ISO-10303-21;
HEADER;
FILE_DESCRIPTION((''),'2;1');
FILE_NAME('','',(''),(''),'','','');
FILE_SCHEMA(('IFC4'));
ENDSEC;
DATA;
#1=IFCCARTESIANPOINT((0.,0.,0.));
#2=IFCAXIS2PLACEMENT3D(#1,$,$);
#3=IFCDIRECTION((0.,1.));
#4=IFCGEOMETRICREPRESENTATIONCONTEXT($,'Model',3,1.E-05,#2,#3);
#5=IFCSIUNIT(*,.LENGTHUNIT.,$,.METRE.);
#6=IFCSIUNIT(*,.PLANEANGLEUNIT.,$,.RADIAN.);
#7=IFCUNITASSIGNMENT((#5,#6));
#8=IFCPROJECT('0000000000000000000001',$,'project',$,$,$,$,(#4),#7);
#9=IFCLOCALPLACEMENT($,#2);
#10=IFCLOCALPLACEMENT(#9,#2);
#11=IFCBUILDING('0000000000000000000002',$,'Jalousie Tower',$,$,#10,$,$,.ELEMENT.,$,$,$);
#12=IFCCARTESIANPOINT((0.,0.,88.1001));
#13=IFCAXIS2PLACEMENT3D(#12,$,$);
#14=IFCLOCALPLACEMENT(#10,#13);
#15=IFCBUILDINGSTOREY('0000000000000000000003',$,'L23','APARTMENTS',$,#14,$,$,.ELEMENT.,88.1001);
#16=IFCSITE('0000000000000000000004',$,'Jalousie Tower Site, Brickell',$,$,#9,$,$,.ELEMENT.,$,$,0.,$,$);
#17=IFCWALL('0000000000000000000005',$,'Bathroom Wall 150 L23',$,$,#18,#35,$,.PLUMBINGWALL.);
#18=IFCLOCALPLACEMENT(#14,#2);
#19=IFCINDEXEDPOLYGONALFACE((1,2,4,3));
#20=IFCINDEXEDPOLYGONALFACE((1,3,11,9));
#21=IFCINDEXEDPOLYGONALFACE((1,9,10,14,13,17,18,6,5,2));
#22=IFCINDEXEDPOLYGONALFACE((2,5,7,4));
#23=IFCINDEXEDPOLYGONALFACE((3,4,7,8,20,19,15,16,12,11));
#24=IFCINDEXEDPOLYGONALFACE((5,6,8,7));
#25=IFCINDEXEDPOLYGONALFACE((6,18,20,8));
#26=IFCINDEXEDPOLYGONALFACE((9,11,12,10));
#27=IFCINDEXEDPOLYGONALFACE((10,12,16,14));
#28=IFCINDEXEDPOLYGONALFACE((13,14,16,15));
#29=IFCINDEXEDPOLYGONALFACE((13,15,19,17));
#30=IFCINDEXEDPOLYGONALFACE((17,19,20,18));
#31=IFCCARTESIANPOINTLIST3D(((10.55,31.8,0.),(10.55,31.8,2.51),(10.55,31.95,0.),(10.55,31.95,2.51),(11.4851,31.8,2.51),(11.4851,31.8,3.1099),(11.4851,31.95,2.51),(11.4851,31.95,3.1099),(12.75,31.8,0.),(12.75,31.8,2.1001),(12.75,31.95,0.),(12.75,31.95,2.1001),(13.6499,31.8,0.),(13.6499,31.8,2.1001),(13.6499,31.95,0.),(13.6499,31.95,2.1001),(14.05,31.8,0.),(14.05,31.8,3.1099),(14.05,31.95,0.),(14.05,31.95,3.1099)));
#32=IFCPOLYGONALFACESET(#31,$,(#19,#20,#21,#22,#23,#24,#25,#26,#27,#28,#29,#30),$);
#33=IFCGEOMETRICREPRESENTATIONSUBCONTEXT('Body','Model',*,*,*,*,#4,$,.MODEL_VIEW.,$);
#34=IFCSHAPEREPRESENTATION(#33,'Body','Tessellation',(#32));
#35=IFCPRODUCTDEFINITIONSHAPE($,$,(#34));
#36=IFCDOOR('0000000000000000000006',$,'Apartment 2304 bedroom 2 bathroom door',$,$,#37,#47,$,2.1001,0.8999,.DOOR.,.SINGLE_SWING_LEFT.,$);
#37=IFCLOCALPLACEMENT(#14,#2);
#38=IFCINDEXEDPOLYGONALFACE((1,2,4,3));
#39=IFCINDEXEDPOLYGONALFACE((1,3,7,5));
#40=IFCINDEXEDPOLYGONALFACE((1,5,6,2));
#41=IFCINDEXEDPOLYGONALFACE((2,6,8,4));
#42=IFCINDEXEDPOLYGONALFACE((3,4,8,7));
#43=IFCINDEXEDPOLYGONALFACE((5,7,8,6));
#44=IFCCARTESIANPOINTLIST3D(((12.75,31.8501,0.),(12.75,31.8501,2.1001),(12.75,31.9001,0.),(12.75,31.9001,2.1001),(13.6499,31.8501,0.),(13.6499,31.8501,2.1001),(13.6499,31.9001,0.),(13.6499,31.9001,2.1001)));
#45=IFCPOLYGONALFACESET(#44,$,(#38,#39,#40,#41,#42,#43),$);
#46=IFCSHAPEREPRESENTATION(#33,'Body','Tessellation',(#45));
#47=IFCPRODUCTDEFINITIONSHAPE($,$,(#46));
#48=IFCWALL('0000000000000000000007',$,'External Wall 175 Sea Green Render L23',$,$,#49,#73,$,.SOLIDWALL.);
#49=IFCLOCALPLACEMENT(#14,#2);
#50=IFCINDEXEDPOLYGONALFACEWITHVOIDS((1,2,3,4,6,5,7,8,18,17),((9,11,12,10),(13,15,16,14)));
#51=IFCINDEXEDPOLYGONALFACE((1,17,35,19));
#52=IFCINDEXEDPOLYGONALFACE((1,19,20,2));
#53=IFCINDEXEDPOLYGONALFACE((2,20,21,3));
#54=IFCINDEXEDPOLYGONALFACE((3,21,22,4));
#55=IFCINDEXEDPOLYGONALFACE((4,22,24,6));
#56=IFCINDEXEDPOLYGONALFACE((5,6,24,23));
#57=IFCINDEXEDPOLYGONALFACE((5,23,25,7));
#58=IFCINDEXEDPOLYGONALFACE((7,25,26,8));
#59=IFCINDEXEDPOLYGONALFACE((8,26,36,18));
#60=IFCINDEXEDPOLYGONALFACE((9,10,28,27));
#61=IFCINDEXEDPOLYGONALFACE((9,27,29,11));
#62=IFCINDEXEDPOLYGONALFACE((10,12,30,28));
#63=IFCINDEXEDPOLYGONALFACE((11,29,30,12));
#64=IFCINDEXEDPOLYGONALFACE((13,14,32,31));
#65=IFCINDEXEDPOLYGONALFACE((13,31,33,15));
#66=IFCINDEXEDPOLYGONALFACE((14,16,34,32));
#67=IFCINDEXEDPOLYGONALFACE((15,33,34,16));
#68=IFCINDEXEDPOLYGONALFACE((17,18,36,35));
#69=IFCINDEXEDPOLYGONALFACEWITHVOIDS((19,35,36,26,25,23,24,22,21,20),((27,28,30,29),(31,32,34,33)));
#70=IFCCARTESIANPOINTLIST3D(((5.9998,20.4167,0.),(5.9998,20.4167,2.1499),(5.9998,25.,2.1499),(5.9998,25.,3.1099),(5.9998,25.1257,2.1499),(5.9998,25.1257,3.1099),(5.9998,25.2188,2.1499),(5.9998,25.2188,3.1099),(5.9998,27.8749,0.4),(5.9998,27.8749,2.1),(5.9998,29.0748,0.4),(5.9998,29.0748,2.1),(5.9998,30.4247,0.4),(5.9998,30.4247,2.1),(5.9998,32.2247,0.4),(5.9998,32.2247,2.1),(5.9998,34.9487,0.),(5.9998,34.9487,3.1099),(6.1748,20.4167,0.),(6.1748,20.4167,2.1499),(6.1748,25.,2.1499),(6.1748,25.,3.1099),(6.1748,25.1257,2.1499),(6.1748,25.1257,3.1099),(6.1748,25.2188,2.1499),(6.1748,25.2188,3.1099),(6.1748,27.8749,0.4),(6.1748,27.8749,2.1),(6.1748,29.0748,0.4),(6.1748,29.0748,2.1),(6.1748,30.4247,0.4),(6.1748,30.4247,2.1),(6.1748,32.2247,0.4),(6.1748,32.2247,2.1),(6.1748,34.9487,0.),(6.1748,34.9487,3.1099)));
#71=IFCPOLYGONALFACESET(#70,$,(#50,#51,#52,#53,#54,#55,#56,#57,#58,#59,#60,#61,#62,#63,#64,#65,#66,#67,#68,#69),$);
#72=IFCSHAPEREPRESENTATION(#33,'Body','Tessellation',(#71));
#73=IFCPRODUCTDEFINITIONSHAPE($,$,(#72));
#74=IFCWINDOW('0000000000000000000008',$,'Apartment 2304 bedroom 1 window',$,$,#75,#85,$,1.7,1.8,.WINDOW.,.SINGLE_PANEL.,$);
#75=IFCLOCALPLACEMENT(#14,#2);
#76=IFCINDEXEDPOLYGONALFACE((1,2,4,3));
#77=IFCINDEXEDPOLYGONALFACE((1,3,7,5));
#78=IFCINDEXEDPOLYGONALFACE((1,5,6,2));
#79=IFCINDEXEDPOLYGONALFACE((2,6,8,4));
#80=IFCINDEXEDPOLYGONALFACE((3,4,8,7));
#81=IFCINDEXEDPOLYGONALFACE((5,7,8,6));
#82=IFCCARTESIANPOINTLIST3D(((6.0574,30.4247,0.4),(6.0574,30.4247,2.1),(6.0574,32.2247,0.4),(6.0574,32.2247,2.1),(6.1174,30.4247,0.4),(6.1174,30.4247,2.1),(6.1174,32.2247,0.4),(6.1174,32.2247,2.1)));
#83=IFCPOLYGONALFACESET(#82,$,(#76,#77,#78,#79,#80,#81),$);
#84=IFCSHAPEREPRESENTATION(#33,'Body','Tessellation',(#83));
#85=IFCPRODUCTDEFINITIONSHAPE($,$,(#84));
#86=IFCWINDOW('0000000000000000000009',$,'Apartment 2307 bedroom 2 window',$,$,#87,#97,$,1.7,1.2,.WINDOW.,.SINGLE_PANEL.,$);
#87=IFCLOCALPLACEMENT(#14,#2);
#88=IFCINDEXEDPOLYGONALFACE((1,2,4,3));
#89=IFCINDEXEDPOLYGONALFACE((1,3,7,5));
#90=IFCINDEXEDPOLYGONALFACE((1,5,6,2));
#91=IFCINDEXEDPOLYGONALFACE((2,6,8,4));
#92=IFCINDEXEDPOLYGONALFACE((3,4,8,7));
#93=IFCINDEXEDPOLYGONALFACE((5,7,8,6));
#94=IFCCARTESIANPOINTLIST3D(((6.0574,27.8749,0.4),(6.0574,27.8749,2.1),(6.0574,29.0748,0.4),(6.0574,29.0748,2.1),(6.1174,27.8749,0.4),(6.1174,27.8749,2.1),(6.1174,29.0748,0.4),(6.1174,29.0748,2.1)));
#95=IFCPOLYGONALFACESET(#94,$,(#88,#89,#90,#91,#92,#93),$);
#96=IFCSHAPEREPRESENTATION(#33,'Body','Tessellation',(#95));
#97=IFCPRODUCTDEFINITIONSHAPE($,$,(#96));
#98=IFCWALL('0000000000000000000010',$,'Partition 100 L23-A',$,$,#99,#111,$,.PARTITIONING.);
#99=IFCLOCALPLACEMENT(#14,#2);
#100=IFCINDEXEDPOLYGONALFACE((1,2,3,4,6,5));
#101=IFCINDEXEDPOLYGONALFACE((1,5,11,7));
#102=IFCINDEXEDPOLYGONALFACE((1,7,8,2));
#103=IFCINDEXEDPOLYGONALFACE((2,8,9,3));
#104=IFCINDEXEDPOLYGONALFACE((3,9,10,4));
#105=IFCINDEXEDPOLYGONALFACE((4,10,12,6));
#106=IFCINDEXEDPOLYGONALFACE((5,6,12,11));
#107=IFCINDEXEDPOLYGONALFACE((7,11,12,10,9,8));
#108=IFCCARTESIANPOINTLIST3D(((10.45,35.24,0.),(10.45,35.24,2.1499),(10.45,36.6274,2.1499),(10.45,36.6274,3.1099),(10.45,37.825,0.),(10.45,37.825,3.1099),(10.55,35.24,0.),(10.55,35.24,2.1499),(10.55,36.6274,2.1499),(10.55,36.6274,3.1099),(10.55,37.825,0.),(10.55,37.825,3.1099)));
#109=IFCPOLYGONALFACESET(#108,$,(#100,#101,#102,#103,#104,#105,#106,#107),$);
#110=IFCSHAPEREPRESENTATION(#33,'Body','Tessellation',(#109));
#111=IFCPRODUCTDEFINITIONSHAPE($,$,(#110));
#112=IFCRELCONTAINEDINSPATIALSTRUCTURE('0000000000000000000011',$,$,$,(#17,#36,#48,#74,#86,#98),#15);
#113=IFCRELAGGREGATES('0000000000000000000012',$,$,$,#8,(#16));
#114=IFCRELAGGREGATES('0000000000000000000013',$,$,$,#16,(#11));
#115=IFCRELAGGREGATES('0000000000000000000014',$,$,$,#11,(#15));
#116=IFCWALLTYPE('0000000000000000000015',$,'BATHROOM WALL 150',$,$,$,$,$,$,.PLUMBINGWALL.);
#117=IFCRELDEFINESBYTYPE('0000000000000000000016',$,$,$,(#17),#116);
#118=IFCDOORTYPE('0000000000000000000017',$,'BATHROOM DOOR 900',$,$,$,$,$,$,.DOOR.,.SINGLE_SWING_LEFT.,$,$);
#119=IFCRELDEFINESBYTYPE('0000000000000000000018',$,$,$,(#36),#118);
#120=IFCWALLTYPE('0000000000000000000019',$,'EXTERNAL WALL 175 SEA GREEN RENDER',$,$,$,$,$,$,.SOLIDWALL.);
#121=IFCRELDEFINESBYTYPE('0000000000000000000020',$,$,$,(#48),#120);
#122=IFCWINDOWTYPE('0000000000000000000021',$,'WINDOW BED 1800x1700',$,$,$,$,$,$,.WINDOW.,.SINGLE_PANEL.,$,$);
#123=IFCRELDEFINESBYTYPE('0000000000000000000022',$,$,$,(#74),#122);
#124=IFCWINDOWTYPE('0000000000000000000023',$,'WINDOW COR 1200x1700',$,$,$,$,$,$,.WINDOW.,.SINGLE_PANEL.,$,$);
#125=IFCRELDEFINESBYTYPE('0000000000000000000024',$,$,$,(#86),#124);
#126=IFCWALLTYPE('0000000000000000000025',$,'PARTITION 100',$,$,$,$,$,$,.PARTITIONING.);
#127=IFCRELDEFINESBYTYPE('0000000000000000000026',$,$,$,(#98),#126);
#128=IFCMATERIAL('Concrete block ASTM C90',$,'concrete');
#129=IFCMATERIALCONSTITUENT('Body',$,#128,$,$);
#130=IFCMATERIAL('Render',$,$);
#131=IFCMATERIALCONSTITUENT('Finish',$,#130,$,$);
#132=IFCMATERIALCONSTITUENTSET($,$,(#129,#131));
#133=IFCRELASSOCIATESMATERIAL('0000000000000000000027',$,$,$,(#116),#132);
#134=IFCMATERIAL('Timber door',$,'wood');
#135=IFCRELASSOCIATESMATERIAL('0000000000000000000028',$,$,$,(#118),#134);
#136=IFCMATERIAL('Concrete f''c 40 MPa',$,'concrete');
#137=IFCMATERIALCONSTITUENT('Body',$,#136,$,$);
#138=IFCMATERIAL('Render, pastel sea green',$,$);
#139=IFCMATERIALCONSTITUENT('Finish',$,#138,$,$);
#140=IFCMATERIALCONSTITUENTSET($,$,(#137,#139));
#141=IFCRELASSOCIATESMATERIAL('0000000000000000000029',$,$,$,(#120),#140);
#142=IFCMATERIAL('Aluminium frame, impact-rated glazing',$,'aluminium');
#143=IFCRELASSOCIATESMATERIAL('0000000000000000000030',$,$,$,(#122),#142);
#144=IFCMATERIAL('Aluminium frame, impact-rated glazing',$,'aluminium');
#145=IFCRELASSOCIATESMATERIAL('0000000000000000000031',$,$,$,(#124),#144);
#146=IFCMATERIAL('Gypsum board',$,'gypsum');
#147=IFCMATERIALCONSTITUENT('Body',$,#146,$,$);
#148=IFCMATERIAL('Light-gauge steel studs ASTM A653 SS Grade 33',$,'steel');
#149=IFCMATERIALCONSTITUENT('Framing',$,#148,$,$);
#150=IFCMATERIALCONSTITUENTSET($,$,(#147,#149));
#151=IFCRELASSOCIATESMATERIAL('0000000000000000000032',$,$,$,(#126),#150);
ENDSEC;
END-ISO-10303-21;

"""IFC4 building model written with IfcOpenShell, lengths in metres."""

from ifc_helpers import new_model, si_unit, direction, frame, frame_2d, origin, place, context, subcontext, project, spatial, polyline, rectangle, outline, extrude, material, constituent, constituent_set, type_object, element, fill, save


model = new_model("IFC4")

# Units and contexts
model_context = context("Model", 3, precision=1e-05, world=origin(), true_north=direction((0.0, 1.0)))
body_context = subcontext(model_context, "Body", "Model", "MODEL_VIEW")
ifc_project = project(units=[si_unit("LENGTHUNIT", "METRE"), si_unit("PLANEANGLEUNIT", "RADIAN")], contexts=[model_context])

# Site, building, storey
site_placement = place(None, origin())
site = spatial("IfcSite", under=ifc_project, at=site_placement, Name="Jalousie Tower Site, Brickell", CompositionType="ELEMENT", RefElevation=0.0)
building_placement = place(site_placement, origin())
building = spatial("IfcBuilding", under=site, at=building_placement, Name="Jalousie Tower", CompositionType="ELEMENT")
storey_placement = place(building_placement, frame((0.0, 0.0, 88.1001)))
storey = spatial("IfcBuildingStorey", under=building, at=storey_placement, Name="L23", Description="APARTMENTS", CompositionType="ELEMENT", Elevation=88.1001)

# Wall, opening, door
ifc_material_1 = material(Name="Concrete block ASTM C90", Category="concrete")
ifc_constituent_1 = constituent(ifc_material_1, Name="Body")
ifc_material_2 = material(Name="Render")
ifc_constituent_2 = constituent(ifc_material_2, Name="Finish")
ifc_constituent_set_1 = constituent_set(constituents=[ifc_constituent_1, ifc_constituent_2])
wall_type_1 = type_object("IfcWallType", Name="BATHROOM WALL 150", PredefinedType="PLUMBINGWALL", material=ifc_constituent_set_1)
wall_1_placement = place(storey_placement, frame((10.55, 31.875, 0.0), z_axis=(0.0, 0.0, 1.0), x_axis=(1.0, 0.0, 0.0)))
wall_1 = element("IfcWall", 1, at=wall_1_placement, inside=storey, type_object=wall_type_1, Name="Bathroom Wall 150 L23", PredefinedType="PLUMBINGWALL", context=body_context, shape_type="SweptSolid", body=[
    extrude(outline(polyline([(0.0, 0.0), (3.5, 0.0), (3.5, 3.1099), (0.9351, 3.1099), (0.9351, 2.51), (0.0, 2.51), (0.0, 3.1099), (0.0, 0.0)])), frame((0.0, 0.075, 0.0), z_axis=(0.0, -1.0, 0.0), x_axis=(1.0, 0.0, 0.0)), (0.0, 0.0, 1.0), 0.1499),
])
opening_1_placement = place(wall_1_placement, frame((2.2, 0.0, 0.0)))
opening_1 = element("IfcOpeningElement", 2, at=opening_1_placement, cuts=wall_1, PredefinedType="OPENING", context=body_context, shape_type="SweptSolid", body=[
    extrude(rectangle(XDim=0.8999, YDim=2.1001, at=frame_2d((0.45, 1.05))), frame((0.0, 0.085, 0.0), z_axis=(0.0, -1.0, 0.0), x_axis=(1.0, 0.0, 0.0)), (0.0, 0.0, 1.0), 0.1699),
])
ifc_material_3 = material(Name="Timber door", Category="wood")
door_type_1 = type_object("IfcDoorType", Name="BATHROOM DOOR 900", OperationType="SINGLE_SWING_LEFT", PredefinedType="DOOR", material=ifc_material_3)
door_1_placement = place(opening_1_placement, frame((0.8999, 0.0, 0.0), z_axis=(0.0, 0.0, 1.0), x_axis=(-1.0, 0.0, 0.0)))
door_1 = element("IfcDoor", 3, at=door_1_placement, inside=storey, type_object=door_type_1, Name="Apartment 2304 bedroom 2 bathroom door", OperationType="SINGLE_SWING_LEFT", OverallHeight=2.1001, OverallWidth=0.8999, PredefinedType="DOOR", context=body_context, shape_type="SweptSolid", body=[
    extrude(rectangle(XDim=0.8999, YDim=2.1001, at=frame_2d((0.45, 1.05))), frame((0.0, 0.0249, 0.0), z_axis=(0.0, -1.0, 0.0), x_axis=(1.0, 0.0, 0.0)), (0.0, 0.0, 1.0), 0.05),
])
fill(opening_1, door_1)

# Wall, openings, windows
ifc_material_4 = material(Name="Concrete f'c 40 MPa", Category="concrete")
ifc_constituent_3 = constituent(ifc_material_4, Name="Body")
ifc_material_5 = material(Name="Render, pastel sea green")
ifc_constituent_4 = constituent(ifc_material_5, Name="Finish")
ifc_constituent_set_2 = constituent_set(constituents=[ifc_constituent_3, ifc_constituent_4])
wall_type_2 = type_object("IfcWallType", Name="EXTERNAL WALL 175 SEA GREEN RENDER", PredefinedType="SOLIDWALL", material=ifc_constituent_set_2)
wall_2_placement = place(storey_placement, frame((6.0874, 34.9487, 0.0), z_axis=(0.0, 0.0, 1.0), x_axis=(0.0, -1.0, 0.0)))
wall_2 = element("IfcWall", 4, at=wall_2_placement, inside=storey, type_object=wall_type_2, Name="External Wall 175 Sea Green Render L23", PredefinedType="SOLIDWALL", context=body_context, shape_type="SweptSolid", body=[
    extrude(outline(polyline([(0.0, 0.0), (14.532, 0.0), (14.532, 2.1499), (9.9487, 2.1499), (9.9487, 3.1099), (9.823, 3.1099), (9.823, 2.1499), (9.73, 2.1499), (9.73, 3.1099), (0.0, 3.1099), (0.0, 0.0)])), frame((0.0, 0.0874, 0.0), z_axis=(0.0, -1.0, 0.0), x_axis=(1.0, 0.0, 0.0)), (0.0, 0.0, 1.0), 0.175),
])
opening_2_placement = place(wall_2_placement, frame((2.7241, 0.0, 0.3999)))
opening_2 = element("IfcOpeningElement", 5, at=opening_2_placement, cuts=wall_2, PredefinedType="OPENING", context=body_context, shape_type="SweptSolid", body=[
    extrude(rectangle(XDim=1.8, YDim=1.7, at=frame_2d((0.8999, 0.8501))), frame((0.0, 0.0974, 0.0), z_axis=(0.0, -1.0, 0.0), x_axis=(1.0, 0.0, 0.0)), (0.0, 0.0, 1.0), 0.1951),
])
opening_3_placement = place(wall_2_placement, frame((5.8738, 0.0, 0.3999)))
opening_3 = element("IfcOpeningElement", 6, at=opening_3_placement, cuts=wall_2, PredefinedType="OPENING", context=body_context, shape_type="SweptSolid", body=[
    extrude(rectangle(XDim=1.2, YDim=1.7, at=frame_2d((0.6001, 0.8501))), frame((0.0, 0.0974, 0.0), z_axis=(0.0, -1.0, 0.0), x_axis=(1.0, 0.0, 0.0)), (0.0, 0.0, 1.0), 0.1951),
])
ifc_material_6 = material(Name="Aluminium frame, impact-rated glazing", Category="aluminium")
window_type_1 = type_object("IfcWindowType", Name="WINDOW BED 1800x1700", PartitioningType="SINGLE_PANEL", PredefinedType="WINDOW", material=ifc_material_6)
window_1_placement = place(opening_2_placement, origin())
window_1 = element("IfcWindow", 7, at=window_1_placement, inside=storey, type_object=window_type_1, Name="Apartment 2304 bedroom 1 window", OverallHeight=1.7, OverallWidth=1.8, PartitioningType="SINGLE_PANEL", PredefinedType="WINDOW", context=body_context, shape_type="SweptSolid", body=[
    extrude(rectangle(XDim=1.8, YDim=1.7, at=frame_2d((0.8999, 0.8501))), frame((0.0, 0.03, 0.0), z_axis=(0.0, -1.0, 0.0), x_axis=(1.0, 0.0, 0.0)), (0.0, 0.0, 1.0), 0.0601),
])
fill(opening_2, window_1)
ifc_material_7 = material(Name="Aluminium frame, impact-rated glazing", Category="aluminium")
window_type_2 = type_object("IfcWindowType", Name="WINDOW COR 1200x1700", PartitioningType="SINGLE_PANEL", PredefinedType="WINDOW", material=ifc_material_7)
window_2_placement = place(opening_3_placement, origin())
window_2 = element("IfcWindow", 8, at=window_2_placement, inside=storey, type_object=window_type_2, Name="Apartment 2307 bedroom 2 window", OverallHeight=1.7, OverallWidth=1.2, PartitioningType="SINGLE_PANEL", PredefinedType="WINDOW", context=body_context, shape_type="SweptSolid", body=[
    extrude(rectangle(XDim=1.2, YDim=1.7, at=frame_2d((0.6001, 0.8501))), frame((0.0, 0.03, 0.0), z_axis=(0.0, -1.0, 0.0), x_axis=(1.0, 0.0, 0.0)), (0.0, 0.0, 1.0), 0.0601),
])
fill(opening_3, window_2)

# Wall
ifc_material_8 = material(Name="Gypsum board", Category="gypsum")
ifc_constituent_5 = constituent(ifc_material_8, Name="Body")
ifc_material_9 = material(Name="Light-gauge steel studs ASTM A653 SS Grade 33", Category="steel")
ifc_constituent_6 = constituent(ifc_material_9, Name="Framing")
ifc_constituent_set_3 = constituent_set(constituents=[ifc_constituent_5, ifc_constituent_6])
wall_type_3 = type_object("IfcWallType", Name="PARTITION 100", PredefinedType="PARTITIONING", material=ifc_constituent_set_3)
wall_3_placement = place(storey_placement, frame((10.5, 37.825, 0.0), z_axis=(0.0, 0.0, 1.0), x_axis=(0.0, -1.0, 0.0)))
element("IfcWall", 9, at=wall_3_placement, inside=storey, type_object=wall_type_3, Name="Partition 100 L23-A", PredefinedType="PARTITIONING", context=body_context, shape_type="SweptSolid", body=[
    extrude(outline(polyline([(0.0, 0.0), (2.585, 0.0), (2.585, 2.1499), (1.1975, 2.1499), (1.1975, 3.1099), (0.0, 3.1099), (0.0, 0.0)])), frame((0.0, 0.05, 0.0), z_axis=(0.0, -1.0, 0.0), x_axis=(1.0, 0.0, 0.0)), (0.0, 0.0, 1.0), 0.1001),
])

save(model, "model.ifc")
